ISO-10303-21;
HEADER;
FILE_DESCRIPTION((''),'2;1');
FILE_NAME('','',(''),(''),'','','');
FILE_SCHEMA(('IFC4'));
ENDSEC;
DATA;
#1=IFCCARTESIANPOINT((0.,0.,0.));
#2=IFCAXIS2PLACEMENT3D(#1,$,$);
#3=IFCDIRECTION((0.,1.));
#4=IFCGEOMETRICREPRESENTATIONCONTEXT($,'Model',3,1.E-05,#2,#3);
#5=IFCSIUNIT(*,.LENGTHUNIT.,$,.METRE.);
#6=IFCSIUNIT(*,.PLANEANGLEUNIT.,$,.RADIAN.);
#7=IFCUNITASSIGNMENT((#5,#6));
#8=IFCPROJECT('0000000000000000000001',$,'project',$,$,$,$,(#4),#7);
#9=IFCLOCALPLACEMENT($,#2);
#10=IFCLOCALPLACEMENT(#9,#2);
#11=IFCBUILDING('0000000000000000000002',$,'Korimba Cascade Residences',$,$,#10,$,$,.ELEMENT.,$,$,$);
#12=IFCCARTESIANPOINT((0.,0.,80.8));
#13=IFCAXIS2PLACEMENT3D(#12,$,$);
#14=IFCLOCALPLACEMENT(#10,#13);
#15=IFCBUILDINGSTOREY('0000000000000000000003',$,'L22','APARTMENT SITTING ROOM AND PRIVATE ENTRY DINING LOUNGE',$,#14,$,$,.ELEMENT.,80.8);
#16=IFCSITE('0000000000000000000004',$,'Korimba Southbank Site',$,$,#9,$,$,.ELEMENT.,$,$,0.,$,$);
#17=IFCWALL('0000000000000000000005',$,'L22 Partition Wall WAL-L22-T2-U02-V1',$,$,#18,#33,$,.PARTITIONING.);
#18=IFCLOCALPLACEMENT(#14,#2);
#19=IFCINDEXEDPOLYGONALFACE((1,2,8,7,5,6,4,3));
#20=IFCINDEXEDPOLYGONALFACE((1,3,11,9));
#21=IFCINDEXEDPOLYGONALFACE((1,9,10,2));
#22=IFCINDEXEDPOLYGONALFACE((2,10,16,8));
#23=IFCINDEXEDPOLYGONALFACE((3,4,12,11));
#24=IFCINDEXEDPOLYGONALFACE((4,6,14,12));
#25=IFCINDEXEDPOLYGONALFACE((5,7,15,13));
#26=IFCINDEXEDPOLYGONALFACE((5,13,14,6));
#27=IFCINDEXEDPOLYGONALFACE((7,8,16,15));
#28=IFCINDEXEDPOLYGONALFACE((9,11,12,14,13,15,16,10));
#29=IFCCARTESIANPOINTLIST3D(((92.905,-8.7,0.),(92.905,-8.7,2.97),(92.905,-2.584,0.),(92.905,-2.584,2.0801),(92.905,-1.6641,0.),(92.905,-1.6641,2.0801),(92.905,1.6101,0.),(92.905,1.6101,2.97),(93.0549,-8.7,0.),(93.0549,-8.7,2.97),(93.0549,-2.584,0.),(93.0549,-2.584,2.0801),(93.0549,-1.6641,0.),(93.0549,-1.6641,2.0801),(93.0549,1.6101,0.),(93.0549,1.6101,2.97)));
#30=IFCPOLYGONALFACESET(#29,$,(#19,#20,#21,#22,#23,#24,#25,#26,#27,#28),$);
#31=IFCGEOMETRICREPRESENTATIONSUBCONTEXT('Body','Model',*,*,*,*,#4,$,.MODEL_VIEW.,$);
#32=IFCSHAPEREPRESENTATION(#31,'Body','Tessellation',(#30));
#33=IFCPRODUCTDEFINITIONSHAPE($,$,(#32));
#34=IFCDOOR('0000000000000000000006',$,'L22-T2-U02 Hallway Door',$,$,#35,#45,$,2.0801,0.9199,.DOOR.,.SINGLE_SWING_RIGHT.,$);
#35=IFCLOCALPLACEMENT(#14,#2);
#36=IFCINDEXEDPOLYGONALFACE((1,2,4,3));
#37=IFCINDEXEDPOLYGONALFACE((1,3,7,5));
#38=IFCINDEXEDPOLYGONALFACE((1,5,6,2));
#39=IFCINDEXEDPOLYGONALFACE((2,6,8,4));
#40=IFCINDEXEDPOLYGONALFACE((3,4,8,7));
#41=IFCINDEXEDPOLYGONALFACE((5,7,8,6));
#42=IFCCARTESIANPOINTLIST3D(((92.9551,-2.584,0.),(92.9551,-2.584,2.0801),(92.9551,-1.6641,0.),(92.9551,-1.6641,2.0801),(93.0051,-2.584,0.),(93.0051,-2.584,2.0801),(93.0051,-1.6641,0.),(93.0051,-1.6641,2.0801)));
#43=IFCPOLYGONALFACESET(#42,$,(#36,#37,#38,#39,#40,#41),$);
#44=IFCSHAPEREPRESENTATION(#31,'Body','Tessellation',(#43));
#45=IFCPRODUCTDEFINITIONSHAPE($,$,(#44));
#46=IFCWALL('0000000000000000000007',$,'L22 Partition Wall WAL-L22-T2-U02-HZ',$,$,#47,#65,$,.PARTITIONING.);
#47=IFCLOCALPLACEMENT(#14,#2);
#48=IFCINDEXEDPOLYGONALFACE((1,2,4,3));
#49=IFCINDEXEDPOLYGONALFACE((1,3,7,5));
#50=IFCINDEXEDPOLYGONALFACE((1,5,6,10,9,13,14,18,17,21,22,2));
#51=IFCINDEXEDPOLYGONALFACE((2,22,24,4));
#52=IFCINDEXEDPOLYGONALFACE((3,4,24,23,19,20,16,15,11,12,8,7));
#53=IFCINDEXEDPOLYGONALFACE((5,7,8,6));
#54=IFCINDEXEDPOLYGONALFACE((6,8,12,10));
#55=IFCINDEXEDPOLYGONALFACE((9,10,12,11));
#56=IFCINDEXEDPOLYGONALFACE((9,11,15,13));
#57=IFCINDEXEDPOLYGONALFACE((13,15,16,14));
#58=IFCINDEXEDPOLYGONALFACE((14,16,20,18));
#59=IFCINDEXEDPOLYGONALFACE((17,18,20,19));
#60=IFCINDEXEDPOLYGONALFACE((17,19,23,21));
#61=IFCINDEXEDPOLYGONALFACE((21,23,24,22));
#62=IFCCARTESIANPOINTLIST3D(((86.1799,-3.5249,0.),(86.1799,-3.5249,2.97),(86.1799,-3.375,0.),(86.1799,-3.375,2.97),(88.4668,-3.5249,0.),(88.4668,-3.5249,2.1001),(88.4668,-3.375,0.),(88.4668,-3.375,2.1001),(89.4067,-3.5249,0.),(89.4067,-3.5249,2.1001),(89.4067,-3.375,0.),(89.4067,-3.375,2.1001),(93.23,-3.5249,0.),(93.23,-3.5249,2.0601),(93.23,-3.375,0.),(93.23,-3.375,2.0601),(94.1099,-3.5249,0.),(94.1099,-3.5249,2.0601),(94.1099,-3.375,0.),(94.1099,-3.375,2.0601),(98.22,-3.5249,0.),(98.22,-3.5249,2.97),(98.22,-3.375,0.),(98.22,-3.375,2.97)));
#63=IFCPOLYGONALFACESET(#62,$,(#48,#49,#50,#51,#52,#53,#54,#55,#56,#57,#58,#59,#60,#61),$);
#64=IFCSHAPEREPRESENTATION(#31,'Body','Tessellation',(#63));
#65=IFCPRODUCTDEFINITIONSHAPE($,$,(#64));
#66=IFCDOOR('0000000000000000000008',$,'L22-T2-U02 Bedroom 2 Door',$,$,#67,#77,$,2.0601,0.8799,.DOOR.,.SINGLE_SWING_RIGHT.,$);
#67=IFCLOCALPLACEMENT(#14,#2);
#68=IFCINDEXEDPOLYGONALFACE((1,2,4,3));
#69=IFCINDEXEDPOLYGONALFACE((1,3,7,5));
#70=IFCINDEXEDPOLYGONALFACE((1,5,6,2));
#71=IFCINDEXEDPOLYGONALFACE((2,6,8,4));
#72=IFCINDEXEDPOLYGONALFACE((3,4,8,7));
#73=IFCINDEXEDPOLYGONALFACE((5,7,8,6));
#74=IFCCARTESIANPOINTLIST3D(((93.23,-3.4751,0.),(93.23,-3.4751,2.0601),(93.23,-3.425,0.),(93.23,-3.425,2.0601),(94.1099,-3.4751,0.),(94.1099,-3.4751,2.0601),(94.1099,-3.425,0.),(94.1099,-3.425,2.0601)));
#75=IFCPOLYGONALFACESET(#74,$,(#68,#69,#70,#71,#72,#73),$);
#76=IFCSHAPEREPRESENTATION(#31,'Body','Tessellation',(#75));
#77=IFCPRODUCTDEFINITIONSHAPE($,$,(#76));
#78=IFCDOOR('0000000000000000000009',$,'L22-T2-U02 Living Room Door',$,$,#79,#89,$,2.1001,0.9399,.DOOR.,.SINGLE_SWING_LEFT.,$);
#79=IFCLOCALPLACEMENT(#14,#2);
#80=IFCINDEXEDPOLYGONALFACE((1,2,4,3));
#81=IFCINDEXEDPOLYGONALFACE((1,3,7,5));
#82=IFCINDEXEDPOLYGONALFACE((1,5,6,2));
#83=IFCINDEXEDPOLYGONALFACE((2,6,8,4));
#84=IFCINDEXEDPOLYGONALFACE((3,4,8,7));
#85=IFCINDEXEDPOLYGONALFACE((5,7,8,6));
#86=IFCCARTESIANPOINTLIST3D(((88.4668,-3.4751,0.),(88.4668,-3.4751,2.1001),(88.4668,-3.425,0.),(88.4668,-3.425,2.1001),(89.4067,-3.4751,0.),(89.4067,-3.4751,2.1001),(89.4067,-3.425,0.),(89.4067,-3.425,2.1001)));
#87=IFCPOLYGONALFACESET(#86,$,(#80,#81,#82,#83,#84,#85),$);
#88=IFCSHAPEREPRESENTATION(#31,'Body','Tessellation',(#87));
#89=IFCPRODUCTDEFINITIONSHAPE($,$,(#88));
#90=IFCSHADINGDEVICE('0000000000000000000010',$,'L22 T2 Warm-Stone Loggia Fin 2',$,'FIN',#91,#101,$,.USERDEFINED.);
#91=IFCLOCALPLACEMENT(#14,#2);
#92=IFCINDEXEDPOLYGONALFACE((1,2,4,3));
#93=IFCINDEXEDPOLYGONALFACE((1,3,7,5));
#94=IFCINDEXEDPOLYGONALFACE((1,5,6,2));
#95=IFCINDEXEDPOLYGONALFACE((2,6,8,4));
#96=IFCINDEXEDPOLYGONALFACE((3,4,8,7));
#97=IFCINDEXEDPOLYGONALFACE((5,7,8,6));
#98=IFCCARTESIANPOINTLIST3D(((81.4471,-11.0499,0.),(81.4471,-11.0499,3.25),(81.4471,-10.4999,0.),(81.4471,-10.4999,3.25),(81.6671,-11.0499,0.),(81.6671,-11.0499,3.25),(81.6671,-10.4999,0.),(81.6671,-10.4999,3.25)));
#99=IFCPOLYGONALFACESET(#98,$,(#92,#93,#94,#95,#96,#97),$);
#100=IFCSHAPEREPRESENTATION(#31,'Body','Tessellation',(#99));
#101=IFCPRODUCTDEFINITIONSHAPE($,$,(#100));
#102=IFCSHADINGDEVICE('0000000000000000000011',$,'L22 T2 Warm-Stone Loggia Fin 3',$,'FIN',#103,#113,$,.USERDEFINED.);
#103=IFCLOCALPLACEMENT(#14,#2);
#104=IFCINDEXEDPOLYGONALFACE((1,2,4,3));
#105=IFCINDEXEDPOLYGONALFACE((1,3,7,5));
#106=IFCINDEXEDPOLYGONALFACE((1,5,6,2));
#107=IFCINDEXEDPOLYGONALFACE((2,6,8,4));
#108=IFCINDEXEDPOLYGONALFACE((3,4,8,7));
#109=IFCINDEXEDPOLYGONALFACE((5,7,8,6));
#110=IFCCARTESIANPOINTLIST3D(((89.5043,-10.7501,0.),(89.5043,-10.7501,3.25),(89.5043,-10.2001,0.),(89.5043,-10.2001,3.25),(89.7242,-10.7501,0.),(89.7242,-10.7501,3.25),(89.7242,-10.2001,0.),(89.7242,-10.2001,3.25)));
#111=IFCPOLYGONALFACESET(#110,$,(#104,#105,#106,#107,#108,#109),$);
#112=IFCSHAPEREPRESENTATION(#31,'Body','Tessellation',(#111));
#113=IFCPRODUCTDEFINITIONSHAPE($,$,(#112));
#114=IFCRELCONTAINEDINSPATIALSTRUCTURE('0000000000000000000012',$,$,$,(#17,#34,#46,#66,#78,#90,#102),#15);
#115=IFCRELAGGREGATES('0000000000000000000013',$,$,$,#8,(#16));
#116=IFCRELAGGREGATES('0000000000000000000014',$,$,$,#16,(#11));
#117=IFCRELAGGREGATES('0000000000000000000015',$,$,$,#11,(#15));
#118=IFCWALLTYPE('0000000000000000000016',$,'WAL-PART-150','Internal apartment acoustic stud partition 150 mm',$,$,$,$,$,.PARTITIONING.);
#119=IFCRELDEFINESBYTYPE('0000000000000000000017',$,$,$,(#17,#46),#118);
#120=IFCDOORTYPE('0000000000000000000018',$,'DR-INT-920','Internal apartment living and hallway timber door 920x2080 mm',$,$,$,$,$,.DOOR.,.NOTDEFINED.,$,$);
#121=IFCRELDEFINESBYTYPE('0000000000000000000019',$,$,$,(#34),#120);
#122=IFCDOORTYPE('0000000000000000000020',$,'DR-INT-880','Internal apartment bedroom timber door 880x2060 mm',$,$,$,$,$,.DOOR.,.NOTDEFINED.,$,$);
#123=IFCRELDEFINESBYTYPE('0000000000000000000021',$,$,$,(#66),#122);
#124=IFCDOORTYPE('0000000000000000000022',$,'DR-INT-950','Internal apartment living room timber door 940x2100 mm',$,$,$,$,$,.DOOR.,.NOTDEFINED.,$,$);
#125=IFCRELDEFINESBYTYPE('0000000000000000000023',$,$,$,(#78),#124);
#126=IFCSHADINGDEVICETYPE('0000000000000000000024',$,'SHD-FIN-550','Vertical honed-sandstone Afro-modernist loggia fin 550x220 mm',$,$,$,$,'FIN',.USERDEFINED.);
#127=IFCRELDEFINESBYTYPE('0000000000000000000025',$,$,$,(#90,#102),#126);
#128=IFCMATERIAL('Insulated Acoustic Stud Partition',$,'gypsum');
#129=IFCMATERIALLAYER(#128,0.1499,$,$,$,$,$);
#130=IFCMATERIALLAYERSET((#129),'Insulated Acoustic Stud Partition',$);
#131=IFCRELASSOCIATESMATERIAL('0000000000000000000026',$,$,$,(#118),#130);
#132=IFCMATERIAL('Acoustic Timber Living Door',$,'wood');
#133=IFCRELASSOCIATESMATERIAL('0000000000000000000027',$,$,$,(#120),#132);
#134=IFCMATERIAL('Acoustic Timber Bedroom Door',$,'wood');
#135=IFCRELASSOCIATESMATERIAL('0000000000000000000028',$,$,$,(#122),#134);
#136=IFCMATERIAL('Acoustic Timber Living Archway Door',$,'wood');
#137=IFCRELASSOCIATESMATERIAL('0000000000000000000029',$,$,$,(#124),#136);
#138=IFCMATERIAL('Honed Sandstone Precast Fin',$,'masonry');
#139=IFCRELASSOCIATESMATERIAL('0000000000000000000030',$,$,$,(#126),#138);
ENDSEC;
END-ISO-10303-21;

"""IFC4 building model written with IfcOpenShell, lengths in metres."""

from ifc_helpers import new_model, si_unit, direction, frame, frame_2d, origin, origin_2d, place, context, subcontext, project, spatial, rectangle, extrude, material, layer, layer_set, type_object, element, fill, save


model = new_model("IFC4")

# Units and contexts
model_context = context("Model", 3, precision=1e-05, world=origin(), true_north=direction((0.0, 1.0)))
body_context = subcontext(model_context, "Body", "Model", "MODEL_VIEW")
ifc_project = project(units=[si_unit("LENGTHUNIT", "METRE"), si_unit("PLANEANGLEUNIT", "RADIAN")], contexts=[model_context])

# Site, building, storey
site_placement = place(None, origin())
site = spatial("IfcSite", under=ifc_project, at=site_placement, Name="Korimba Southbank Site", CompositionType="ELEMENT", RefElevation=0.0)
building_placement = place(site_placement, origin())
building = spatial("IfcBuilding", under=site, at=building_placement, Name="Korimba Cascade Residences", CompositionType="ELEMENT")
storey_placement = place(building_placement, frame((0.0, 0.0, 80.8)))
storey = spatial("IfcBuildingStorey", under=building, at=storey_placement, Name="L22", Description="APARTMENT SITTING ROOM AND PRIVATE ENTRY DINING LOUNGE", CompositionType="ELEMENT", Elevation=80.8)

# Wall, opening, door
ifc_material_1 = material(Name="Insulated Acoustic Stud Partition", Category="gypsum")
ifc_layer_1 = layer(ifc_material_1, 0.1499)
ifc_layer_set_1 = layer_set([ifc_layer_1], Name="Insulated Acoustic Stud Partition")
wall_type_1 = type_object("IfcWallType", Name="WAL-PART-150", Description="Internal apartment acoustic stud partition 150 mm", PredefinedType="PARTITIONING", material=ifc_layer_set_1)
wall_1_placement = place(storey_placement, frame((92.98, -8.7, 0.0), z_axis=(0.0, 0.0, 1.0), x_axis=(0.0, 1.0, 0.0)))
wall_1 = element("IfcWall", 1, at=wall_1_placement, inside=storey, type_object=wall_type_1, Name="L22 Partition Wall WAL-L22-T2-U02-V1", PredefinedType="PARTITIONING", context=body_context, shape_type="SweptSolid", body=[
    extrude(rectangle(XDim=10.3101, YDim=0.1499, at=frame_2d((5.155, 0.0))), origin(), (0.0, 0.0, 1.0), 2.97),
])
opening_1_placement = place(wall_1_placement, frame((6.116, 0.0, 0.0)))
opening_1 = element("IfcOpeningElement", 2, at=opening_1_placement, cuts=wall_1, PredefinedType="OPENING", context=body_context, shape_type="SweptSolid", body=[
    extrude(rectangle(XDim=0.9199, YDim=2.0801, at=frame_2d((0.46, 1.04))), frame((0.0, 0.085, 0.0), z_axis=(0.0, -1.0, 0.0), x_axis=(1.0, 0.0, 0.0)), (0.0, 0.0, 1.0), 0.1699),
])
ifc_material_2 = material(Name="Acoustic Timber Living Door", Category="wood")
door_type_1 = type_object("IfcDoorType", Name="DR-INT-920", Description="Internal apartment living and hallway timber door 920x2080 mm", OperationType="NOTDEFINED", PredefinedType="DOOR", material=ifc_material_2)
door_1_placement = place(opening_1_placement, origin())
door_1 = element("IfcDoor", 3, at=door_1_placement, inside=storey, type_object=door_type_1, Name="L22-T2-U02 Hallway Door", OperationType="SINGLE_SWING_RIGHT", OverallHeight=2.0801, OverallWidth=0.9199, PredefinedType="DOOR", context=body_context, shape_type="SweptSolid", body=[
    extrude(rectangle(XDim=0.9199, YDim=2.0801, at=frame_2d((0.46, 1.04))), frame((0.0, 0.0249, 0.0), z_axis=(0.0, -1.0, 0.0), x_axis=(1.0, 0.0, 0.0)), (0.0, 0.0, 1.0), 0.05),
])
fill(opening_1, door_1)

# Wall, openings, doors
wall_2_placement = place(storey_placement, frame((86.1799, -3.45, 0.0), z_axis=(0.0, 0.0, 1.0), x_axis=(1.0, 0.0, 0.0)))
wall_2 = element("IfcWall", 4, at=wall_2_placement, inside=storey, type_object=wall_type_1, Name="L22 Partition Wall WAL-L22-T2-U02-HZ", PredefinedType="PARTITIONING", context=body_context, shape_type="SweptSolid", body=[
    extrude(rectangle(XDim=12.04, YDim=0.1499, at=frame_2d((6.02, 0.0))), origin(), (0.0, 0.0, 1.0), 2.97),
])
opening_2_placement = place(wall_2_placement, frame((2.2869, 0.0, 0.0)))
opening_2 = element("IfcOpeningElement", 5, at=opening_2_placement, cuts=wall_2, PredefinedType="OPENING", context=body_context, shape_type="SweptSolid", body=[
    extrude(rectangle(XDim=0.9399, YDim=2.1001, at=frame_2d((0.47, 1.05))), frame((0.0, 0.085, 0.0), z_axis=(0.0, -1.0, 0.0), x_axis=(1.0, 0.0, 0.0)), (0.0, 0.0, 1.0), 0.1699),
])
opening_3_placement = place(wall_2_placement, frame((7.05, 0.0, 0.0)))
opening_3 = element("IfcOpeningElement", 6, at=opening_3_placement, cuts=wall_2, PredefinedType="OPENING", context=body_context, shape_type="SweptSolid", body=[
    extrude(rectangle(XDim=0.8799, YDim=2.0601, at=frame_2d((0.4399, 1.03))), frame((0.0, 0.085, 0.0), z_axis=(0.0, -1.0, 0.0), x_axis=(1.0, 0.0, 0.0)), (0.0, 0.0, 1.0), 0.1699),
])
ifc_material_3 = material(Name="Acoustic Timber Bedroom Door", Category="wood")
door_type_2 = type_object("IfcDoorType", Name="DR-INT-880", Description="Internal apartment bedroom timber door 880x2060 mm", OperationType="NOTDEFINED", PredefinedType="DOOR", material=ifc_material_3)
door_2_placement = place(opening_3_placement, origin())
door_2 = element("IfcDoor", 7, at=door_2_placement, inside=storey, type_object=door_type_2, Name="L22-T2-U02 Bedroom 2 Door", OperationType="SINGLE_SWING_RIGHT", OverallHeight=2.0601, OverallWidth=0.8799, PredefinedType="DOOR", context=body_context, shape_type="SweptSolid", body=[
    extrude(rectangle(XDim=0.8799, YDim=2.0601, at=frame_2d((0.4399, 1.03))), frame((0.0, 0.0249, 0.0), z_axis=(0.0, -1.0, 0.0), x_axis=(1.0, 0.0, 0.0)), (0.0, 0.0, 1.0), 0.05),
])
fill(opening_3, door_2)
ifc_material_4 = material(Name="Acoustic Timber Living Archway Door", Category="wood")
door_type_3 = type_object("IfcDoorType", Name="DR-INT-950", Description="Internal apartment living room timber door 940x2100 mm", OperationType="NOTDEFINED", PredefinedType="DOOR", material=ifc_material_4)
door_3_placement = place(opening_2_placement, origin())
door_3 = element("IfcDoor", 8, at=door_3_placement, inside=storey, type_object=door_type_3, Name="L22-T2-U02 Living Room Door", OperationType="SINGLE_SWING_LEFT", OverallHeight=2.1001, OverallWidth=0.9399, PredefinedType="DOOR", context=body_context, shape_type="SweptSolid", body=[
    extrude(rectangle(XDim=0.9399, YDim=2.1001, at=frame_2d((0.47, 1.05))), frame((0.0, 0.0249, 0.0), z_axis=(0.0, -1.0, 0.0), x_axis=(1.0, 0.0, 0.0)), (0.0, 0.0, 1.0), 0.05),
])
fill(opening_2, door_3)

# Shading devices
ifc_material_5 = material(Name="Honed Sandstone Precast Fin", Category="masonry")
shading_device_type = type_object("IfcShadingDeviceType", Name="SHD-FIN-550", Description="Vertical honed-sandstone Afro-modernist loggia fin 550x220 mm", ElementType="FIN", PredefinedType="USERDEFINED", material=ifc_material_5)
for number, where, z_axis, x_axis, name in (
    (9, (81.5571, -10.7749, 0.0), (0.0, 0.0, 1.0), (1.0, 0.0, 0.0), "L22 T2 Warm-Stone Loggia Fin 2"),
    (10, (89.6143, -10.4751, 0.0), (0.0, 0.0, 1.0), (1.0, 0.0, 0.0), "L22 T2 Warm-Stone Loggia Fin 3"),
):
    element("IfcShadingDevice", number, at=place(storey_placement, frame(where, z_axis=z_axis, x_axis=x_axis)), inside=storey, type_object=shading_device_type, Name=name, ObjectType="FIN", PredefinedType="USERDEFINED", context=body_context, shape_type="SweptSolid", body=[
        extrude(rectangle(XDim=0.22, YDim=0.55, at=origin_2d()), origin(), (0.0, 0.0, 1.0), 3.25),
    ])

save(model, "model.ifc")
